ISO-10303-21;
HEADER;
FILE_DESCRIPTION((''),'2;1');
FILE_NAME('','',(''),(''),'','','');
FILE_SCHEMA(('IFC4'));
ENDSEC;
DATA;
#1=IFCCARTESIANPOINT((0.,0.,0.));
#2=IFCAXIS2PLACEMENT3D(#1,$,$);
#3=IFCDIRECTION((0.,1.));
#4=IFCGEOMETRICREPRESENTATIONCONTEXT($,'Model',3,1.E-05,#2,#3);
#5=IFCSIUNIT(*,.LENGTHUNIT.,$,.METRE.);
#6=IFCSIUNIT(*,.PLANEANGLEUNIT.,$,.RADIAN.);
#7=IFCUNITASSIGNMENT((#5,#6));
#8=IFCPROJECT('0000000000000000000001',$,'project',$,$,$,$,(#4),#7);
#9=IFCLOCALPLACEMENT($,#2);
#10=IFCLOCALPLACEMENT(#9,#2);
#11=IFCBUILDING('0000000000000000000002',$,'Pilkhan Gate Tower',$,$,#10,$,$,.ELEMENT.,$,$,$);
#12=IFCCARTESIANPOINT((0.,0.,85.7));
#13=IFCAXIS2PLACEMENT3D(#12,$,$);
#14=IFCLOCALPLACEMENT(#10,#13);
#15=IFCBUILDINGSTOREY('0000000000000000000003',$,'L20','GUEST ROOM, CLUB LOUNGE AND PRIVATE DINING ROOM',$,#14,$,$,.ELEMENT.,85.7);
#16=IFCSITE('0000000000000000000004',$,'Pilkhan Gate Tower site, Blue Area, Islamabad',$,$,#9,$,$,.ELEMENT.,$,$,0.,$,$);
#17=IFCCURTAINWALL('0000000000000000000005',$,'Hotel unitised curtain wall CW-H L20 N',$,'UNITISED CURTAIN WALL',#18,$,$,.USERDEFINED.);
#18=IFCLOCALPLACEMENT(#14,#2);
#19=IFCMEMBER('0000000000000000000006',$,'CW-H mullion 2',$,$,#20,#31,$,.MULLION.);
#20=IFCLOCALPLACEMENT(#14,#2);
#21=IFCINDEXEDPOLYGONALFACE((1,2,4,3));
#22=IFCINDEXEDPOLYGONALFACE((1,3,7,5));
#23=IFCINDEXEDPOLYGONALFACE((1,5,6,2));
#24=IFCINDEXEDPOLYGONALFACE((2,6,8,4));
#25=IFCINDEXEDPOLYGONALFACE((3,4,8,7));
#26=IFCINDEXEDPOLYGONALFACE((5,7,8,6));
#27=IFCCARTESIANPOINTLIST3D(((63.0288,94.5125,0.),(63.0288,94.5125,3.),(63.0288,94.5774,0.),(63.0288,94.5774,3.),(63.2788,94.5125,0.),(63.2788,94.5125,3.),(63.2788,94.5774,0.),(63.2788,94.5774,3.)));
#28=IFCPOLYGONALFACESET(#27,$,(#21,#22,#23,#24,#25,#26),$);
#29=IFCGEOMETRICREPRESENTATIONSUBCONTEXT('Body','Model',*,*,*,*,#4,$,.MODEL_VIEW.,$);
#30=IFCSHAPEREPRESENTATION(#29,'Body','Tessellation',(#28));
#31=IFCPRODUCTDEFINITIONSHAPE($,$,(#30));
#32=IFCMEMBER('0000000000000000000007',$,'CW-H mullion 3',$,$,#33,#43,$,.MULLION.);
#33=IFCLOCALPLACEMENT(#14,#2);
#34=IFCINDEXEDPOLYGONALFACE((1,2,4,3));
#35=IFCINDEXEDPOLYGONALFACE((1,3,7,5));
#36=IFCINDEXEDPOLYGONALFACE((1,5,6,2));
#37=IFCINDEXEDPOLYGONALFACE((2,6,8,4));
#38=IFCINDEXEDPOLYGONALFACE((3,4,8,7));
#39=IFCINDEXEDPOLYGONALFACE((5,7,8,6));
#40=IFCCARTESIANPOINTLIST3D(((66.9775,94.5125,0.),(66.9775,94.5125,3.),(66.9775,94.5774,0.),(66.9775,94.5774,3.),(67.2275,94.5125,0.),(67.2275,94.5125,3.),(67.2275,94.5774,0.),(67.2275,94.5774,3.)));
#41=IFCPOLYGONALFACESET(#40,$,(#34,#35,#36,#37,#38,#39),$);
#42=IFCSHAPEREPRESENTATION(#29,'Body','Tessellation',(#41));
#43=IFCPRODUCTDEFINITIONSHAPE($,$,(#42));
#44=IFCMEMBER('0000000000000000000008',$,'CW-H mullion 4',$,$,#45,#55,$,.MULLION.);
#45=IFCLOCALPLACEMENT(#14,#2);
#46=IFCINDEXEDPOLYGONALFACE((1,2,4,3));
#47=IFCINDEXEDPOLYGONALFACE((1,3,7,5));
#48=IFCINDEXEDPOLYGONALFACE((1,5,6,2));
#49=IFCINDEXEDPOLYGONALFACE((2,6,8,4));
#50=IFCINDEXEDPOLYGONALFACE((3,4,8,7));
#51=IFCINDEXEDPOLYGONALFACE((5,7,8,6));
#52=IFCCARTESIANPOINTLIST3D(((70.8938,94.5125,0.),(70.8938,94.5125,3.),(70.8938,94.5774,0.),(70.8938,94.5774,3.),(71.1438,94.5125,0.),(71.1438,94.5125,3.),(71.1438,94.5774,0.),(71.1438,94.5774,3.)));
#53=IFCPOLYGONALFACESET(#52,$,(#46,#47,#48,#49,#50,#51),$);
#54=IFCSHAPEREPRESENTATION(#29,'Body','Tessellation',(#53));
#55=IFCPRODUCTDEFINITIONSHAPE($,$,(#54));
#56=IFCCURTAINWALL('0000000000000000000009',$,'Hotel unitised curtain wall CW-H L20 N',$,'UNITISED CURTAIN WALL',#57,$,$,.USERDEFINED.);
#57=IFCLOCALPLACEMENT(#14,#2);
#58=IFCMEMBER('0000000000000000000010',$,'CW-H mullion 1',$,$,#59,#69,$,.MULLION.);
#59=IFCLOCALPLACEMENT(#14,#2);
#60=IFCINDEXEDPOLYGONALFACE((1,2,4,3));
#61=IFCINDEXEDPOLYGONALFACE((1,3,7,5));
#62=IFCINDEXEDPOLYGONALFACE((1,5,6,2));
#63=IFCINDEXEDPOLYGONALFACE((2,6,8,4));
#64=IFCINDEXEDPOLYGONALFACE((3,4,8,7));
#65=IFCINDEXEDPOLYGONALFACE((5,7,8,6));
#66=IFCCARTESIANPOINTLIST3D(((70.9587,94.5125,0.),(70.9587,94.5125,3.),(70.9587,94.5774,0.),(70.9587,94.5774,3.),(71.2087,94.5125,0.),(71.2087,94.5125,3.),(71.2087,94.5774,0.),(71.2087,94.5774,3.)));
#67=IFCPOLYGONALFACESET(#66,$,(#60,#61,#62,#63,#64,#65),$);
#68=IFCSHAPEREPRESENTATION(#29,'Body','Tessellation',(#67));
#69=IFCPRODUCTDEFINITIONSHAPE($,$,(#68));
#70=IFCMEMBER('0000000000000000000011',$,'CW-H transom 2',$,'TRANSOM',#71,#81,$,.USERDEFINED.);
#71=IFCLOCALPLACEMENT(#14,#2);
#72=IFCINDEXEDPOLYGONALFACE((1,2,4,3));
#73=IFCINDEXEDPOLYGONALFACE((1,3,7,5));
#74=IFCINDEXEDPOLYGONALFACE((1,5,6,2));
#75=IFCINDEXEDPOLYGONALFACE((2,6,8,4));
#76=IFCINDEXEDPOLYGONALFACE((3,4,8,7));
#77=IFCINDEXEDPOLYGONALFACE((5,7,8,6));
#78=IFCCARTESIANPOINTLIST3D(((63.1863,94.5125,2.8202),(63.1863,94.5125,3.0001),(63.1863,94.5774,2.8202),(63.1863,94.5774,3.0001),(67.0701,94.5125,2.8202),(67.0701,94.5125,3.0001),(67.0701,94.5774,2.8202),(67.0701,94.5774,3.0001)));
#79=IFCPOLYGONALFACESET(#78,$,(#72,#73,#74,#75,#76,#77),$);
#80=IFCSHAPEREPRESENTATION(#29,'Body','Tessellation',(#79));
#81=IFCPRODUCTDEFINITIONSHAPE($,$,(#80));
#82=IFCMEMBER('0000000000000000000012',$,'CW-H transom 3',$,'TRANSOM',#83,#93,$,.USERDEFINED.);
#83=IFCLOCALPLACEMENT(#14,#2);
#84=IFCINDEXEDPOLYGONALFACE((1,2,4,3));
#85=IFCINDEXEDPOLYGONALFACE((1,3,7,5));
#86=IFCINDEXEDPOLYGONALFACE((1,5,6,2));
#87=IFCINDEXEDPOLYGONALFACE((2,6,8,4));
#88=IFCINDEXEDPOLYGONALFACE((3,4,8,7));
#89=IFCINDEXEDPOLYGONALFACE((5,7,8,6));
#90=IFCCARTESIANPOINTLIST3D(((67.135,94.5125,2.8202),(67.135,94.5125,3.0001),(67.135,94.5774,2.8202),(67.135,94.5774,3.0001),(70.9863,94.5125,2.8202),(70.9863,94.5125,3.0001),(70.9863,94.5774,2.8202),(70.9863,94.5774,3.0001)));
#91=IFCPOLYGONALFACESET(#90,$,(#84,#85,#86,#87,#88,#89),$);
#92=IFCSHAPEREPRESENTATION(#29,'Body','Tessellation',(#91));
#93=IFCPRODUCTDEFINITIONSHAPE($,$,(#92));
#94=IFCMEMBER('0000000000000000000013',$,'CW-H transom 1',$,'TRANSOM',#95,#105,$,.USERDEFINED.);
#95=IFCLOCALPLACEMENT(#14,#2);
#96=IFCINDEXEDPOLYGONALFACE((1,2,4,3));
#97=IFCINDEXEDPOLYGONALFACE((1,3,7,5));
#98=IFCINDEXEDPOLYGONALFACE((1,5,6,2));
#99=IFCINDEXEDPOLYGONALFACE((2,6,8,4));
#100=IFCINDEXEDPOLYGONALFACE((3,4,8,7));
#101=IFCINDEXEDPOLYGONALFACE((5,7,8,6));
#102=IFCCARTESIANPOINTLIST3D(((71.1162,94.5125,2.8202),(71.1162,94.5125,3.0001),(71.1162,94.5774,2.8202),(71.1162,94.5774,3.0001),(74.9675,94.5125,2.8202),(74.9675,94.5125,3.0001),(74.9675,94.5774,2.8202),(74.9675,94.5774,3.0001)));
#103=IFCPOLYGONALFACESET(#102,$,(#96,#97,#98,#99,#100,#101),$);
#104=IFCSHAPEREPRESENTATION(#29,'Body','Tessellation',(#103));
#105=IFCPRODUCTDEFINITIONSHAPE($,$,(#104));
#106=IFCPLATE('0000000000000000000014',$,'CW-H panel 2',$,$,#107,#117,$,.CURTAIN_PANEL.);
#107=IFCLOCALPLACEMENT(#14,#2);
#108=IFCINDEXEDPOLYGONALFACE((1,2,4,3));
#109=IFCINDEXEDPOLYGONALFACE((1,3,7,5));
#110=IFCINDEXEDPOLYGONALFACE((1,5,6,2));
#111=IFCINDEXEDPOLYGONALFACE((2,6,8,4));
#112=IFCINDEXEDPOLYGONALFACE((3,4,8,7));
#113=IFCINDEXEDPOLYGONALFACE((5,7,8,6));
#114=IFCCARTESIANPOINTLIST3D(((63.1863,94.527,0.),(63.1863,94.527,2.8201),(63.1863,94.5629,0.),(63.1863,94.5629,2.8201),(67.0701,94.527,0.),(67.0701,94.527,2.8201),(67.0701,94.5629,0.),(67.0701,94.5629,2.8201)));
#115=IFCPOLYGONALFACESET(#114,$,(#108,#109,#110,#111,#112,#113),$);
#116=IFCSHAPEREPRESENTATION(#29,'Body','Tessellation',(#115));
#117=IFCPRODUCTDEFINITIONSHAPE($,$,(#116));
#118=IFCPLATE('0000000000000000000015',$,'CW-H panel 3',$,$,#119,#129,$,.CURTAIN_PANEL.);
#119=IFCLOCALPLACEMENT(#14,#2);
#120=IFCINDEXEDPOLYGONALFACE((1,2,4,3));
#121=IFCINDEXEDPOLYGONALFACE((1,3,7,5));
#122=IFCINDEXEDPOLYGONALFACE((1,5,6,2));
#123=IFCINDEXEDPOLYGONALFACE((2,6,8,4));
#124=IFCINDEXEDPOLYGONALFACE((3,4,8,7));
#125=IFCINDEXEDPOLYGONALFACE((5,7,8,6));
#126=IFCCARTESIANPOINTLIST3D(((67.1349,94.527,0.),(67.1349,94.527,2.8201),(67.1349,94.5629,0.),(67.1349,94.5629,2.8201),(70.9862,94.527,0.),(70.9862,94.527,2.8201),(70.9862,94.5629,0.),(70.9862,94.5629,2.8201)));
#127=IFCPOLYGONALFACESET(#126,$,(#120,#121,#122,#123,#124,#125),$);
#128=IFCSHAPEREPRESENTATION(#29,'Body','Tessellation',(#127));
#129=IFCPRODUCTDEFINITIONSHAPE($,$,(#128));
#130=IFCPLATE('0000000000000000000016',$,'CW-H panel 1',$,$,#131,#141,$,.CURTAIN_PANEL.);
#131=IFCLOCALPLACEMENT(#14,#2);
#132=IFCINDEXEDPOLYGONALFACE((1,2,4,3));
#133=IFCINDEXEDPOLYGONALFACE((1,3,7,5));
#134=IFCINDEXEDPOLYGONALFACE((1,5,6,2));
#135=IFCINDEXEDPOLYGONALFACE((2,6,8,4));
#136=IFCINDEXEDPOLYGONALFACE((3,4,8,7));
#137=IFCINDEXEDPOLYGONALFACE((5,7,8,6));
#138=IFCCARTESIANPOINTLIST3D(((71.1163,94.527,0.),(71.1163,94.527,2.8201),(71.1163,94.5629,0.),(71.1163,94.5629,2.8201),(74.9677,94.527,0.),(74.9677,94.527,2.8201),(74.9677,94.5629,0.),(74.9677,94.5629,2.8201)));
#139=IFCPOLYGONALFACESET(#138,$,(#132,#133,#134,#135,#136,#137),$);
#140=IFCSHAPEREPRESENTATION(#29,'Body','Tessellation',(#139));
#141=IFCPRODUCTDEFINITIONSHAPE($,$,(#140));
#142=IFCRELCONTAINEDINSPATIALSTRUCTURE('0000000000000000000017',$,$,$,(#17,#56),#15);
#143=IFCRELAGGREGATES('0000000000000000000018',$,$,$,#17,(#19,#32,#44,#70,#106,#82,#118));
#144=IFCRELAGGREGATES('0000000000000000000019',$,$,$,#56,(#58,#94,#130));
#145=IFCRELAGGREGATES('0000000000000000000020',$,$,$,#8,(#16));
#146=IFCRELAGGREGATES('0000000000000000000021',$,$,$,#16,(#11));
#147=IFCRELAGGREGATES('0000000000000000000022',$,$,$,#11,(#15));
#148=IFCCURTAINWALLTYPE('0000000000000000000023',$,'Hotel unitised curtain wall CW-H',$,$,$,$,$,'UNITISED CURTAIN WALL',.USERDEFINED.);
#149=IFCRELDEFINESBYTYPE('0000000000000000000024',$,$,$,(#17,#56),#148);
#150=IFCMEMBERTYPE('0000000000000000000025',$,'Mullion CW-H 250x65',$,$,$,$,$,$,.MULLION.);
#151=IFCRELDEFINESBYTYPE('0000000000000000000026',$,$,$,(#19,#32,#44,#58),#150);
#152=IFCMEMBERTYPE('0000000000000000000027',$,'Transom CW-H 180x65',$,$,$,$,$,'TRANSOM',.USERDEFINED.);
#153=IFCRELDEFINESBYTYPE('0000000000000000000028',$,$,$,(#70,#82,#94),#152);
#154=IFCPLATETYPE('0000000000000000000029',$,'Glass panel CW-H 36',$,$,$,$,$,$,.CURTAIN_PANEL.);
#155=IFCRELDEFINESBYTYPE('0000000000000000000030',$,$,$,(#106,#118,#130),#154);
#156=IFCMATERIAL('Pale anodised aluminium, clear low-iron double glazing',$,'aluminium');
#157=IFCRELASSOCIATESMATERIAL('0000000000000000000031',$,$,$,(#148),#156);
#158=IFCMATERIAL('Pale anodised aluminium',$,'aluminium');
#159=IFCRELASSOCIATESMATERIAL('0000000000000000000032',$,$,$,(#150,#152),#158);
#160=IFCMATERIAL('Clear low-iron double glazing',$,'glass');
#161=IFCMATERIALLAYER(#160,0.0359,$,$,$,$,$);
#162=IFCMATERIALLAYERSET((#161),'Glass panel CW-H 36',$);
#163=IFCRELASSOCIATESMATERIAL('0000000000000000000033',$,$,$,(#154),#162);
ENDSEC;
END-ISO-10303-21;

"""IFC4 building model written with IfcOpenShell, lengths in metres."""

from ifc_helpers import new_model, si_unit, direction, frame, origin, origin_2d, place, context, subcontext, project, spatial, rectangle, extrude, material, layer, layer_set, material_profile, profile_set, type_object, element, aggregate, save


model = new_model("IFC4")

# Units and contexts
model_context = context("Model", 3, precision=1e-05, world=origin(), true_north=direction((0.0, 1.0)))
body_context = subcontext(model_context, "Body", "Model", "MODEL_VIEW")
ifc_project = project(units=[si_unit("LENGTHUNIT", "METRE"), si_unit("PLANEANGLEUNIT", "RADIAN")], contexts=[model_context])

# Site, building, storey
site_placement = place(None, origin())
site = spatial("IfcSite", under=ifc_project, at=site_placement, Name="Pilkhan Gate Tower site, Blue Area, Islamabad", CompositionType="ELEMENT", RefElevation=0.0)
building_placement = place(site_placement, origin())
building = spatial("IfcBuilding", under=site, at=building_placement, Name="Pilkhan Gate Tower", CompositionType="ELEMENT")
storey_placement = place(building_placement, frame((0.0, 0.0, 85.7)))
storey = spatial("IfcBuildingStorey", under=building, at=storey_placement, Name="L20", Description="GUEST ROOM, CLUB LOUNGE AND PRIVATE DINING ROOM", CompositionType="ELEMENT", Elevation=85.7)

# Curtain wall, members
ifc_material_1 = material(Name="Pale anodised aluminium, clear low-iron double glazing", Category="aluminium")
curtain_wall_type = type_object("IfcCurtainWallType", Name="Hotel unitised curtain wall CW-H", ElementType="UNITISED CURTAIN WALL", PredefinedType="USERDEFINED", material=ifc_material_1)
curtain_wall_1_placement = place(storey_placement, origin())
curtain_wall_1 = element("IfcCurtainWall", 1, at=curtain_wall_1_placement, inside=storey, type_object=curtain_wall_type, Name="Hotel unitised curtain wall CW-H L20 N", ObjectType="UNITISED CURTAIN WALL", PredefinedType="USERDEFINED")
ifc_material_2 = material(Name="Pale anodised aluminium", Category="aluminium")
ifc_material_profile_1 = material_profile(ifc_material_2, rectangle(XDim=0.0649, YDim=0.25, at=origin_2d()), Name="Mullion 250x65")
ifc_profile_set_1 = profile_set([ifc_material_profile_1], Name="Pale anodised aluminium")
member_type_1 = type_object("IfcMemberType", Name="Mullion CW-H 250x65", PredefinedType="MULLION", material=ifc_profile_set_1)
member_1_placement = place(storey_placement, frame((63.1538, 94.5449, 0.0), z_axis=(0.0, 0.0, 1.0), x_axis=(0.0, 1.0, 0.0)))
member_1 = element("IfcMember", 2, at=member_1_placement, type_object=member_type_1, Name="CW-H mullion 2", PredefinedType="MULLION", context=body_context, shape_type="SweptSolid", body=[
    extrude(rectangle(XDim=0.0649, YDim=0.25, at=origin_2d()), origin(), (0.0, 0.0, 1.0), 3.0),
])
member_2_placement = place(storey_placement, frame((67.1025, 94.5449, 0.0), z_axis=(0.0, 0.0, 1.0), x_axis=(0.0, 1.0, 0.0)))
member_2 = element("IfcMember", 3, at=member_2_placement, type_object=member_type_1, Name="CW-H mullion 3", PredefinedType="MULLION", context=body_context, shape_type="SweptSolid", body=[
    extrude(rectangle(XDim=0.0649, YDim=0.25, at=origin_2d()), origin(), (0.0, 0.0, 1.0), 3.0),
])
member_3_placement = place(storey_placement, frame((71.0188, 94.5449, 0.0), z_axis=(0.0, 0.0, 1.0), x_axis=(0.0, 1.0, 0.0)))
member_3 = element("IfcMember", 4, at=member_3_placement, type_object=member_type_1, Name="CW-H mullion 4", PredefinedType="MULLION", context=body_context, shape_type="SweptSolid", body=[
    extrude(rectangle(XDim=0.0649, YDim=0.25, at=origin_2d()), origin(), (0.0, 0.0, 1.0), 3.0),
])

# Curtain wall, member
curtain_wall_2_placement = place(storey_placement, origin())
curtain_wall_2 = element("IfcCurtainWall", 5, at=curtain_wall_2_placement, inside=storey, type_object=curtain_wall_type, Name="Hotel unitised curtain wall CW-H L20 N", ObjectType="UNITISED CURTAIN WALL", PredefinedType="USERDEFINED")
member_4_placement = place(storey_placement, frame((71.0837, 94.5449, 0.0), z_axis=(0.0, 0.0, 1.0), x_axis=(0.0, 1.0, 0.0)))
member_4 = element("IfcMember", 6, at=member_4_placement, type_object=member_type_1, Name="CW-H mullion 1", PredefinedType="MULLION", context=body_context, shape_type="SweptSolid", body=[
    extrude(rectangle(XDim=0.0649, YDim=0.25, at=origin_2d()), origin(), (0.0, 0.0, 1.0), 3.0),
])

# Members
ifc_material_profile_2 = material_profile(ifc_material_2, rectangle(XDim=0.0649, YDim=0.1799, at=origin_2d()), Name="Transom 180x65")
ifc_profile_set_2 = profile_set([ifc_material_profile_2], Name="Pale anodised aluminium")
member_type_2 = type_object("IfcMemberType", Name="Transom CW-H 180x65", ElementType="TRANSOM", PredefinedType="USERDEFINED", material=ifc_profile_set_2)
member_5_placement = place(storey_placement, frame((63.1863, 94.5449, 2.9102), z_axis=(1.0, 0.0, 0.0), x_axis=(0.0, 1.0, 0.0)))
member_5 = element("IfcMember", 7, at=member_5_placement, type_object=member_type_2, Name="CW-H transom 2", ObjectType="TRANSOM", PredefinedType="USERDEFINED", context=body_context, shape_type="SweptSolid", body=[
    extrude(rectangle(XDim=0.0649, YDim=0.1799, at=origin_2d()), origin(), (0.0, 0.0, 1.0), 3.8838),
])
member_6_placement = place(storey_placement, frame((67.135, 94.5449, 2.9102), z_axis=(1.0, 0.0, 0.0), x_axis=(0.0, 1.0, 0.0)))
member_6 = element("IfcMember", 8, at=member_6_placement, type_object=member_type_2, Name="CW-H transom 3", ObjectType="TRANSOM", PredefinedType="USERDEFINED", context=body_context, shape_type="SweptSolid", body=[
    extrude(rectangle(XDim=0.0649, YDim=0.1799, at=origin_2d()), origin(), (0.0, 0.0, 1.0), 3.8513),
])
member_7_placement = place(storey_placement, frame((71.1162, 94.5449, 2.9102), z_axis=(1.0, 0.0, 0.0), x_axis=(0.0, 1.0, 0.0)))
member_7 = element("IfcMember", 9, at=member_7_placement, type_object=member_type_2, Name="CW-H transom 1", ObjectType="TRANSOM", PredefinedType="USERDEFINED", context=body_context, shape_type="SweptSolid", body=[
    extrude(rectangle(XDim=0.0649, YDim=0.1799, at=origin_2d()), origin(), (0.0, 0.0, 1.0), 3.8513),
])

# Plates
ifc_material_3 = material(Name="Clear low-iron double glazing", Category="glass")
ifc_layer_1 = layer(ifc_material_3, 0.0359)
ifc_layer_set_1 = layer_set([ifc_layer_1], Name="Glass panel CW-H 36")
plate_type = type_object("IfcPlateType", Name="Glass panel CW-H 36", PredefinedType="CURTAIN_PANEL", material=ifc_layer_set_1)
plate_1_placement = place(storey_placement, frame((65.1282, 94.5449, 0.0), z_axis=(0.0, 0.0, 1.0), x_axis=(1.0, 0.0, 0.0)))
plate_1 = element("IfcPlate", 10, at=plate_1_placement, type_object=plate_type, Name="CW-H panel 2", PredefinedType="CURTAIN_PANEL", context=body_context, shape_type="SweptSolid", body=[
    extrude(rectangle(XDim=3.8838, YDim=0.0359, at=origin_2d()), origin(), (0.0, 0.0, 1.0), 2.8201),
])
plate_2_placement = place(storey_placement, frame((69.0605, 94.5449, 0.0), z_axis=(0.0, 0.0, 1.0), x_axis=(1.0, 0.0, 0.0)))
plate_2 = element("IfcPlate", 11, at=plate_2_placement, type_object=plate_type, Name="CW-H panel 3", PredefinedType="CURTAIN_PANEL", context=body_context, shape_type="SweptSolid", body=[
    extrude(rectangle(XDim=3.8513, YDim=0.0359, at=origin_2d()), origin(), (0.0, 0.0, 1.0), 2.8201),
])
aggregate(curtain_wall_1, [member_1, member_2, member_3, member_5, plate_1, member_6, plate_2])
plate_3_placement = place(storey_placement, frame((73.042, 94.5449, 0.0), z_axis=(0.0, 0.0, 1.0), x_axis=(1.0, 0.0, 0.0)))
plate_3 = element("IfcPlate", 12, at=plate_3_placement, type_object=plate_type, Name="CW-H panel 1", PredefinedType="CURTAIN_PANEL", context=body_context, shape_type="SweptSolid", body=[
    extrude(rectangle(XDim=3.8513, YDim=0.0359, at=origin_2d()), origin(), (0.0, 0.0, 1.0), 2.8201),
])
aggregate(curtain_wall_2, [member_4, member_7, plate_3])

save(model, "model.ifc")
